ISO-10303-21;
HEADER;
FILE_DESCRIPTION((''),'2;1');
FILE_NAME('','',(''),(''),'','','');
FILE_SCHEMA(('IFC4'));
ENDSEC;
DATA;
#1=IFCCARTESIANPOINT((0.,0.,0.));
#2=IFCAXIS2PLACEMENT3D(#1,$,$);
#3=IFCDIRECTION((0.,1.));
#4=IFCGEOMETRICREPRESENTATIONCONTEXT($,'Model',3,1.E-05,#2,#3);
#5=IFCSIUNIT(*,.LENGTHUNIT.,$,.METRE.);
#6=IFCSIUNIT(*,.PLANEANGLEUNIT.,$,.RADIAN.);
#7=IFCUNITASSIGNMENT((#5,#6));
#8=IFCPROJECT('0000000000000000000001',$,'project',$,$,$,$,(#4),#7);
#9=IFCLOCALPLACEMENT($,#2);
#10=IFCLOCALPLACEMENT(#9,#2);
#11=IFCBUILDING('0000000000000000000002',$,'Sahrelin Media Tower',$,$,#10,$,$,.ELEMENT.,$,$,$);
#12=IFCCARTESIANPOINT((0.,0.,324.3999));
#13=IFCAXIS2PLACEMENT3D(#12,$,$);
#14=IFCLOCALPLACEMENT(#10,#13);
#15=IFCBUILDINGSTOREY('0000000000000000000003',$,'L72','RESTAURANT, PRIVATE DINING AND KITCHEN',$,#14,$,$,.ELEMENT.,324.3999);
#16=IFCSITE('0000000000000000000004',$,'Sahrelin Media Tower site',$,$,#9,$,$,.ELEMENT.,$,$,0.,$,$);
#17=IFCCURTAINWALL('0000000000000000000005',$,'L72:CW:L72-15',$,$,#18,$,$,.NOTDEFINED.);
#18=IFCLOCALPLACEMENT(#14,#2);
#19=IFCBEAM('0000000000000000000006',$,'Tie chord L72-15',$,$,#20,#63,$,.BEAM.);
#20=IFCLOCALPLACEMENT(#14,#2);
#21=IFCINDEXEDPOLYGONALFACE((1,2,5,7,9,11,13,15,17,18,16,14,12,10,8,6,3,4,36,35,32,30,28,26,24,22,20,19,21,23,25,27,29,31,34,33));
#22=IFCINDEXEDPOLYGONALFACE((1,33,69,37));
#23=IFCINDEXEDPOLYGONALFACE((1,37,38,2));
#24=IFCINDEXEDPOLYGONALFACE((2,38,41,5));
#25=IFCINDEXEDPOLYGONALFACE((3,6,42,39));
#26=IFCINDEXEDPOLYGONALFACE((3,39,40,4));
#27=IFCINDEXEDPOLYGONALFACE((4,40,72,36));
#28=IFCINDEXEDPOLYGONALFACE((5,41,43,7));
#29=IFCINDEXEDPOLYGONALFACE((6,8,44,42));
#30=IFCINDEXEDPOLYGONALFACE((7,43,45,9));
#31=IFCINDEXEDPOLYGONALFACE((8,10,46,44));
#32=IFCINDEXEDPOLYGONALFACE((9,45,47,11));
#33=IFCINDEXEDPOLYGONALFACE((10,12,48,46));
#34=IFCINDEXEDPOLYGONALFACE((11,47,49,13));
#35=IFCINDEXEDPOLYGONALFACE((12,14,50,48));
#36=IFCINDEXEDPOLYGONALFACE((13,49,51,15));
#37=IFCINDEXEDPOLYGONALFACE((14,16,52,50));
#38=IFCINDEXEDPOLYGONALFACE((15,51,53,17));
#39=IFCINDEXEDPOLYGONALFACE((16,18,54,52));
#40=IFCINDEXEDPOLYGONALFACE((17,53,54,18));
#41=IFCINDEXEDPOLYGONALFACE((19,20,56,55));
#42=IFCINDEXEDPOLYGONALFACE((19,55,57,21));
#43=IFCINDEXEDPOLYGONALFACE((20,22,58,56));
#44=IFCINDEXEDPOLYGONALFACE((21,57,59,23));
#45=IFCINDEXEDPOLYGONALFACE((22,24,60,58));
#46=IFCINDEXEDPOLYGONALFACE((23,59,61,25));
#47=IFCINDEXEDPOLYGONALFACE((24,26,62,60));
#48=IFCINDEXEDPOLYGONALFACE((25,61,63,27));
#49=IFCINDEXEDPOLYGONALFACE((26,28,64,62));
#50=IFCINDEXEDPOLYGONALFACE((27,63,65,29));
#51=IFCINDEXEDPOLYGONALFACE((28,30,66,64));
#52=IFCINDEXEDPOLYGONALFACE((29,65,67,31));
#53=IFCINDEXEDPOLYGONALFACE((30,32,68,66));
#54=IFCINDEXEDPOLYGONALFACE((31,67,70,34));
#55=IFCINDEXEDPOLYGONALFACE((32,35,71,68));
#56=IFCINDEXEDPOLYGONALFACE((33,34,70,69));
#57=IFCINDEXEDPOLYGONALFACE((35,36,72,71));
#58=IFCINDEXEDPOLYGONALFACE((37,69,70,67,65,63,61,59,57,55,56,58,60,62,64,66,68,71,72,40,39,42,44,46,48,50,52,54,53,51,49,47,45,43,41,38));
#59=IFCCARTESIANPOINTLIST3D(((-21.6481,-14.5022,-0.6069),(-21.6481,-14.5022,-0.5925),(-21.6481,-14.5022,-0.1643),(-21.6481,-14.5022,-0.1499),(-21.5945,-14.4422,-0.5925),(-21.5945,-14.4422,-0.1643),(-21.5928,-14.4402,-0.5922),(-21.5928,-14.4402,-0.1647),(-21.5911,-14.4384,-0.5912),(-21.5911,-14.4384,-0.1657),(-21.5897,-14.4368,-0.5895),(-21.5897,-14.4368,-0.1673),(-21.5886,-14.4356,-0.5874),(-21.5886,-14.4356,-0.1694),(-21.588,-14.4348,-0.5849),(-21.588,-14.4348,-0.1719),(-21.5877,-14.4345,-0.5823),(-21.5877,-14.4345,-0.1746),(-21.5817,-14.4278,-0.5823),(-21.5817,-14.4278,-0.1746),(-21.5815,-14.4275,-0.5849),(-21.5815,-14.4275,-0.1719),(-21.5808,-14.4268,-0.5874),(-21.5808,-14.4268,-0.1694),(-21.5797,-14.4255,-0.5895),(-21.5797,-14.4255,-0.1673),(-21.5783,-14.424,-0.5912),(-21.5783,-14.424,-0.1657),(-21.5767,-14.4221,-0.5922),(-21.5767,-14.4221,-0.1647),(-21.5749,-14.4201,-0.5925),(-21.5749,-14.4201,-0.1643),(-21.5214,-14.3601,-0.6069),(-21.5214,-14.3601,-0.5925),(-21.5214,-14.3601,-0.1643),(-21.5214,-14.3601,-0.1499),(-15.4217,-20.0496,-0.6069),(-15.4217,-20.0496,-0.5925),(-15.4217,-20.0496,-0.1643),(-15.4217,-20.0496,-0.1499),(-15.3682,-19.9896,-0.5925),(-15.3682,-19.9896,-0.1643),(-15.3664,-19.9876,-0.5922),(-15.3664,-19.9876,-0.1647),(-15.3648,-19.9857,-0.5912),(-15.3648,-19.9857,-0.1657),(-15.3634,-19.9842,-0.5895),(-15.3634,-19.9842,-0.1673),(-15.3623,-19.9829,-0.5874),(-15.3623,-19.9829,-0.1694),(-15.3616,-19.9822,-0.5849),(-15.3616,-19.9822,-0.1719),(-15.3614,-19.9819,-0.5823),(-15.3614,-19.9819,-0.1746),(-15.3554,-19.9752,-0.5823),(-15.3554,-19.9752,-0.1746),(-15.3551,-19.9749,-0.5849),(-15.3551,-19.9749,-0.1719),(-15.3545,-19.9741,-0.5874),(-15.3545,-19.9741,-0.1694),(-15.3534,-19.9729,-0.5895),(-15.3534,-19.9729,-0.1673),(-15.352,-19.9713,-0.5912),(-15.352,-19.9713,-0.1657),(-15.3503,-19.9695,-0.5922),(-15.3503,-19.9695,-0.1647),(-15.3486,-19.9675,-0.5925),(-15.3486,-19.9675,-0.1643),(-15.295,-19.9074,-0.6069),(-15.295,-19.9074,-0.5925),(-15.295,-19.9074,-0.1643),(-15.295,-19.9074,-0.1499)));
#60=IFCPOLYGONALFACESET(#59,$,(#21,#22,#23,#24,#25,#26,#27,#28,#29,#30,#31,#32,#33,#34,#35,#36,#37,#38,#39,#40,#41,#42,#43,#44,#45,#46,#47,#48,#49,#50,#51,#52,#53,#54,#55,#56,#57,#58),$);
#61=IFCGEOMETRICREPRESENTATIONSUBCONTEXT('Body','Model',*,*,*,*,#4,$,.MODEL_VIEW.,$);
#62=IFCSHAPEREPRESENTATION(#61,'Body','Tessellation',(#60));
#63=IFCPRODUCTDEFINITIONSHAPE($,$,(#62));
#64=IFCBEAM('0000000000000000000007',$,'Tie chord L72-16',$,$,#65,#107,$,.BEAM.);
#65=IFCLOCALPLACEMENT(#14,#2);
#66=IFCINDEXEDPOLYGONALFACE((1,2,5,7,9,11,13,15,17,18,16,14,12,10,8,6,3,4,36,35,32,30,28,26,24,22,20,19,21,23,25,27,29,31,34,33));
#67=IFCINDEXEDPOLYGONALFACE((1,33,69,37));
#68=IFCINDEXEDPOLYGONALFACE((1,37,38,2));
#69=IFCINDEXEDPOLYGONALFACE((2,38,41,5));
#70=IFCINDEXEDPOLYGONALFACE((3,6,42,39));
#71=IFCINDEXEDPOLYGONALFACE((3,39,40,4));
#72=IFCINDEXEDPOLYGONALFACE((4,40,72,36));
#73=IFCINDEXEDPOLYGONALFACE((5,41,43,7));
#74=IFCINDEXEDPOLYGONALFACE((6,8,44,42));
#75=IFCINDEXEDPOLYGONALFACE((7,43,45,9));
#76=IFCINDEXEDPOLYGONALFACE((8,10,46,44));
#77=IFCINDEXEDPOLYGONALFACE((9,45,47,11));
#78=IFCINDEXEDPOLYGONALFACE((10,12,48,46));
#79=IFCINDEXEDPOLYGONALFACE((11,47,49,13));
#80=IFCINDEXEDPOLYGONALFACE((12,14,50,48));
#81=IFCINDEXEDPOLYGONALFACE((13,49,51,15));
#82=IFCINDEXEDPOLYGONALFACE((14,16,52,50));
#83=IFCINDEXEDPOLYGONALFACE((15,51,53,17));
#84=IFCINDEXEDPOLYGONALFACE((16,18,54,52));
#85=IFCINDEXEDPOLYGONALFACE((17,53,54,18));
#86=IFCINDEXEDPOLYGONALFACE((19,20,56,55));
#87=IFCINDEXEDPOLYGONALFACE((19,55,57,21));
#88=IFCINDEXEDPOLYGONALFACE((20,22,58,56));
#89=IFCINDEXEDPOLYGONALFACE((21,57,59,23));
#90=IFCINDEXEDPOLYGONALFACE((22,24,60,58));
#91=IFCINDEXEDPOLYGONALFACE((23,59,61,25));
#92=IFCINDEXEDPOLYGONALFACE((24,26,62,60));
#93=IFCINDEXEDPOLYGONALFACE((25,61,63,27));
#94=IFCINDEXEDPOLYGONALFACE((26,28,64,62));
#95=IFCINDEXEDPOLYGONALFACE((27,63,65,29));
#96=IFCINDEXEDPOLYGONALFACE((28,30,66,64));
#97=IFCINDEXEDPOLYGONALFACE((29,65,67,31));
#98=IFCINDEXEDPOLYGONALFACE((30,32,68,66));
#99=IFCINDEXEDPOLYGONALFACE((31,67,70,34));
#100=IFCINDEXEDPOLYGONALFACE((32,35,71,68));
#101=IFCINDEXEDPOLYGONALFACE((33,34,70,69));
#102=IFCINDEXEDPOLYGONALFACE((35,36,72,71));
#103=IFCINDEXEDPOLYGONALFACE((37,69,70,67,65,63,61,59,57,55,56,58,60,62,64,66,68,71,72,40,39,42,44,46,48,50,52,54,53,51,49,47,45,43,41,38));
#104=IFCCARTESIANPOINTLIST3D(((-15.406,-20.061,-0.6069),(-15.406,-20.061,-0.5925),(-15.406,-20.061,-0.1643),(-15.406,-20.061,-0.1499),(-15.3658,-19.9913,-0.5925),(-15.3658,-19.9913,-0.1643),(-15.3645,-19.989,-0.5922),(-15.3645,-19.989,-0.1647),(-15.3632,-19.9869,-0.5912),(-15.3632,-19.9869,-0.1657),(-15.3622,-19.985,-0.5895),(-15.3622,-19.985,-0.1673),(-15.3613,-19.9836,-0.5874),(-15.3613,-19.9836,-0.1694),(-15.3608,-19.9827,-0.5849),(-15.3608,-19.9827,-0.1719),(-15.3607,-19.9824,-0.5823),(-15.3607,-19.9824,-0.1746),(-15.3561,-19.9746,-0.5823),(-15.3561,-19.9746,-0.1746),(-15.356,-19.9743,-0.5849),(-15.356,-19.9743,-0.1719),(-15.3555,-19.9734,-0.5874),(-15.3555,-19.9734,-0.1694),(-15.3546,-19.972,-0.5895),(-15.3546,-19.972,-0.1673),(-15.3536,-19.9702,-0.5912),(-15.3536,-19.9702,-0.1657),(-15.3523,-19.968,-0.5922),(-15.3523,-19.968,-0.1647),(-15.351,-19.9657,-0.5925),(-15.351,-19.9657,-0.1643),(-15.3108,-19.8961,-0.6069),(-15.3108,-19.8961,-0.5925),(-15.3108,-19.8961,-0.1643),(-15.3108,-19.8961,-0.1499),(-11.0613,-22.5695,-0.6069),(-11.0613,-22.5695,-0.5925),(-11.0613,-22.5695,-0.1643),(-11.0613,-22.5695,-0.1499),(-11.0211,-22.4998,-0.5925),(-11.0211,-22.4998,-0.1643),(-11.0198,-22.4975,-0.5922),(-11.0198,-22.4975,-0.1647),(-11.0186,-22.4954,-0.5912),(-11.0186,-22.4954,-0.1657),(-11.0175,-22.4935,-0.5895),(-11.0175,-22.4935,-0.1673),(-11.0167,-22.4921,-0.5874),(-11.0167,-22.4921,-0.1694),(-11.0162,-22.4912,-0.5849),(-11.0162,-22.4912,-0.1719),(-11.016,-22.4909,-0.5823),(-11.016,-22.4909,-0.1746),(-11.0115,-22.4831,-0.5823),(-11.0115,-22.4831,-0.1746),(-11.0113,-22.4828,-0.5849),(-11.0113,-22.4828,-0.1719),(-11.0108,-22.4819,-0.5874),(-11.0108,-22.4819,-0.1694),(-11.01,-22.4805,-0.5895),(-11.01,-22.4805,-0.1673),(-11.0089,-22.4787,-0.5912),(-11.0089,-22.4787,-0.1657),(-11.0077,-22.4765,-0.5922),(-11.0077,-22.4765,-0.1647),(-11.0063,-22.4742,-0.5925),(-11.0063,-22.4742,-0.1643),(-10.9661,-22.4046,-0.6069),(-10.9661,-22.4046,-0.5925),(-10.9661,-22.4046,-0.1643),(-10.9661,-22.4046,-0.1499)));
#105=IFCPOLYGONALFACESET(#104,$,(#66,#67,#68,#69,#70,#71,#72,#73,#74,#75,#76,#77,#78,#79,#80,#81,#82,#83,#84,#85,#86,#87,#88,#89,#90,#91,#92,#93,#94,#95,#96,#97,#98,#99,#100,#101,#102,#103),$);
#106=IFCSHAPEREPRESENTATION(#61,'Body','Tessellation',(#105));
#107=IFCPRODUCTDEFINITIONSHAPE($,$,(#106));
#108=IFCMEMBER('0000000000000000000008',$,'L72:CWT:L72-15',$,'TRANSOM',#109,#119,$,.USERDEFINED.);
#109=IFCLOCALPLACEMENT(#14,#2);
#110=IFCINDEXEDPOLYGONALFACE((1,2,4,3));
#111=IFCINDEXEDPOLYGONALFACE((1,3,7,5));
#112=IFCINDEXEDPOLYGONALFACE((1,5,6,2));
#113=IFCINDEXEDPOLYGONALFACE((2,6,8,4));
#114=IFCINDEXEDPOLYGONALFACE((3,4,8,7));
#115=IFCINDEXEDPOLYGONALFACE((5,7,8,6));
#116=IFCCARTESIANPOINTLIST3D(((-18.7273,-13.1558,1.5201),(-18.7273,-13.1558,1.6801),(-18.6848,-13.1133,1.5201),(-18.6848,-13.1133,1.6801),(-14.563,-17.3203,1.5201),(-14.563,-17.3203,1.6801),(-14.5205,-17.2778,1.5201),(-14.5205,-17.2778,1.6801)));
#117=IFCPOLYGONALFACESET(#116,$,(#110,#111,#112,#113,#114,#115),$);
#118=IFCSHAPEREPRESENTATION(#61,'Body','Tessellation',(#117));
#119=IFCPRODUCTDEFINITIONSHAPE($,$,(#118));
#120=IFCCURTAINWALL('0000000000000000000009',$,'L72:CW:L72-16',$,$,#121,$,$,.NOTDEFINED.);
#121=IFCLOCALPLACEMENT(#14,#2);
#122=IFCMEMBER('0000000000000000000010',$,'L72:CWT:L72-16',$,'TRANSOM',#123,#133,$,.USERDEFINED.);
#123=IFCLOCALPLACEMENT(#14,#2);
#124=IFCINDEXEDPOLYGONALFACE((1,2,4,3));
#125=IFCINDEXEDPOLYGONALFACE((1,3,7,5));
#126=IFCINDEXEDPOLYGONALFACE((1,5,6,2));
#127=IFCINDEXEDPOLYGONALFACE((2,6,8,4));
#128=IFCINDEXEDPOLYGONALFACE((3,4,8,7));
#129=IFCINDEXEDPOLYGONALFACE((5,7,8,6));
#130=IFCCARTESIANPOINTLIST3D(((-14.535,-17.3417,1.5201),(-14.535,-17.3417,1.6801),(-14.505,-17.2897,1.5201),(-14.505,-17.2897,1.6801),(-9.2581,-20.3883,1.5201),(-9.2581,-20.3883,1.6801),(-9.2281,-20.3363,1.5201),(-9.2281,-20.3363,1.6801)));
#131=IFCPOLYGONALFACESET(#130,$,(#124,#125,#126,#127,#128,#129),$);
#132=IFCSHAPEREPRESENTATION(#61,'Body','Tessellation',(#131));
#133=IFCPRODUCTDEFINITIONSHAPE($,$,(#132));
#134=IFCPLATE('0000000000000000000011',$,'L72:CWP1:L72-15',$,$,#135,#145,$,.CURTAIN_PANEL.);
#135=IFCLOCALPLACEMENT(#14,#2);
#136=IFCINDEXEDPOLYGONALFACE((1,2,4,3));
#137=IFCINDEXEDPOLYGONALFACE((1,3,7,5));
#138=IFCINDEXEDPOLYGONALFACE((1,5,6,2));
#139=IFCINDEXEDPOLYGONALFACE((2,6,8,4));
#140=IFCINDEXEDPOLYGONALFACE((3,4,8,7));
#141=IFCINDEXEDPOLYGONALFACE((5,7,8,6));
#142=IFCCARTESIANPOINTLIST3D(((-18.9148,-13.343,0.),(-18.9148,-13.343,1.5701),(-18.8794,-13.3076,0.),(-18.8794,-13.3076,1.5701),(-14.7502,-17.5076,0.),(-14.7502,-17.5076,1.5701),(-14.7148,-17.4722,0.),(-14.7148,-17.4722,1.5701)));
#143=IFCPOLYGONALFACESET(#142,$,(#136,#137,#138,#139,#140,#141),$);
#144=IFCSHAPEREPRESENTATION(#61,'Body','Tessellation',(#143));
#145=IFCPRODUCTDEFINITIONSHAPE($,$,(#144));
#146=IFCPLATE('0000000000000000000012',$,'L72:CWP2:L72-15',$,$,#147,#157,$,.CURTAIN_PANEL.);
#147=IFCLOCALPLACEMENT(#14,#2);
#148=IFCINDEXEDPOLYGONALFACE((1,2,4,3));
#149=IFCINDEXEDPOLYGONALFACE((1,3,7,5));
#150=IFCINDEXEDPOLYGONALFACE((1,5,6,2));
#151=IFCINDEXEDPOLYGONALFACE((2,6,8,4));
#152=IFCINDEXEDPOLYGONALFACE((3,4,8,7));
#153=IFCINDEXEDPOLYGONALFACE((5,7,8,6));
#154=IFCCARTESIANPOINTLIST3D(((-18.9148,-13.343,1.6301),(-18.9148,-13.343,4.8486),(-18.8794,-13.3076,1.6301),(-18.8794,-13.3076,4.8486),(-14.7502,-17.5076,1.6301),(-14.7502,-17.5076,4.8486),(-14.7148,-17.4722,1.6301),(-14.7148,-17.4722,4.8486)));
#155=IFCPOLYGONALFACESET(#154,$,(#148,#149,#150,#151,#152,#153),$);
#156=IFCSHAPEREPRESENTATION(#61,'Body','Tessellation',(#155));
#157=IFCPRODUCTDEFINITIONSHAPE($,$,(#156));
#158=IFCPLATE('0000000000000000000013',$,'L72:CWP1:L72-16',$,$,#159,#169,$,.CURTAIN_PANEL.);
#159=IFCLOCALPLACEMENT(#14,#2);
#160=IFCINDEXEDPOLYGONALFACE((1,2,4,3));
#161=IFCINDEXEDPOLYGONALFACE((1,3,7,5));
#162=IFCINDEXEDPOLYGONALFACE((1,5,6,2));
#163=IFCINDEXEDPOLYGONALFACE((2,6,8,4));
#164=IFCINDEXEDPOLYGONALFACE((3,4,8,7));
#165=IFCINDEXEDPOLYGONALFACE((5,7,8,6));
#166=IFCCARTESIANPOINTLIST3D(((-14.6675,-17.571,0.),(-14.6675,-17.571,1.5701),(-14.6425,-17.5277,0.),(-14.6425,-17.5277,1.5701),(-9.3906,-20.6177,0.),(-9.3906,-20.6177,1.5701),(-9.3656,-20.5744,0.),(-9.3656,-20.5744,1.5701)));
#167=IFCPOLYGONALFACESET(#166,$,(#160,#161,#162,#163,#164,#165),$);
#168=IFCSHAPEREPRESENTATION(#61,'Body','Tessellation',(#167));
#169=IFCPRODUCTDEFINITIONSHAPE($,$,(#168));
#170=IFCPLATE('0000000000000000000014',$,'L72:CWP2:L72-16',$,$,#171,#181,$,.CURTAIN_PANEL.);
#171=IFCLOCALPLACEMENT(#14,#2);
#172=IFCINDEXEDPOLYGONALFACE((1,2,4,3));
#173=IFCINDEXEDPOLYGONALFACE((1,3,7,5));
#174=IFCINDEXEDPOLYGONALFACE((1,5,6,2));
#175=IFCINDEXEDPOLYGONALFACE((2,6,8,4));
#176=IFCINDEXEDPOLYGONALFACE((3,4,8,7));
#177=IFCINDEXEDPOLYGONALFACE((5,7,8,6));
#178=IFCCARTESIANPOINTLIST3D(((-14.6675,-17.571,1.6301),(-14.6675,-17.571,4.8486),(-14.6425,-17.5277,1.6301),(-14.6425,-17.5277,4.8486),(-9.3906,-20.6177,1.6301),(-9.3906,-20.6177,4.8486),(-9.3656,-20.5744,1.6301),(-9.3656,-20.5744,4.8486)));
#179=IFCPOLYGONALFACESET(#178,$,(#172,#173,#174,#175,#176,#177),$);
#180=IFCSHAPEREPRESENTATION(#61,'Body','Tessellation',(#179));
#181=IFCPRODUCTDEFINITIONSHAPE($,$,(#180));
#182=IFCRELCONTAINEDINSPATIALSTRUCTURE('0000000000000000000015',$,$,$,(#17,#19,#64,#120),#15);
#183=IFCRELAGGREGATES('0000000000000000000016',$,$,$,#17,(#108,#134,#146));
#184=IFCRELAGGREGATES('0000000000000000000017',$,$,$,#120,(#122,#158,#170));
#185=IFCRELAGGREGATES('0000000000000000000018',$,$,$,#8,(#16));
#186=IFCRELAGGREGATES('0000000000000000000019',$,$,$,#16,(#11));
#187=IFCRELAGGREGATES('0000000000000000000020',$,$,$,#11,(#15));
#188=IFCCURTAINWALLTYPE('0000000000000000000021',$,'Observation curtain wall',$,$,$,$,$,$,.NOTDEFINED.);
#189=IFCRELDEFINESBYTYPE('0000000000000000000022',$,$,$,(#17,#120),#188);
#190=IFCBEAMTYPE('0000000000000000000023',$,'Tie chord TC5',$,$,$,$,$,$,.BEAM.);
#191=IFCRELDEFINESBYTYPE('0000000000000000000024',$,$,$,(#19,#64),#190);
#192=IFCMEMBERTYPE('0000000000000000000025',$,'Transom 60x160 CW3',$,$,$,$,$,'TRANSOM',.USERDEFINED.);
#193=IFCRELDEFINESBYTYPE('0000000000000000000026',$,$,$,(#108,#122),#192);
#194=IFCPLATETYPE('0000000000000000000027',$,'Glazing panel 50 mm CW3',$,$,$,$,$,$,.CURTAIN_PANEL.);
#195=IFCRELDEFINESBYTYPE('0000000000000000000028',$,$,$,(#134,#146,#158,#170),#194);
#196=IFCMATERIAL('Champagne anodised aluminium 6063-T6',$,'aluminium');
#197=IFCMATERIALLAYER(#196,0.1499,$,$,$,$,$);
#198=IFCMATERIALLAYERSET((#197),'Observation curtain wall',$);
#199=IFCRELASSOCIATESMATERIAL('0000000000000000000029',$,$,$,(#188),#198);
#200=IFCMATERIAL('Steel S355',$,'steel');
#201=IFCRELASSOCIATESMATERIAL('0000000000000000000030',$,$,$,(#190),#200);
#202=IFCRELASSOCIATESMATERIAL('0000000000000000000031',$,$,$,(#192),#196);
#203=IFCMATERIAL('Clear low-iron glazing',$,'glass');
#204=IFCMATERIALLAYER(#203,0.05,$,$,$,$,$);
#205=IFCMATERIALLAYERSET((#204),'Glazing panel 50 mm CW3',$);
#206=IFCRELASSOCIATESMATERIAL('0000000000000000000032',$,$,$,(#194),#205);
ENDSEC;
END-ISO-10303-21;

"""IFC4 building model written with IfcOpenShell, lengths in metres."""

from ifc_helpers import new_model, si_unit, direction, frame, origin, origin_2d, place, context, subcontext, project, spatial, polyline, rectangle, i_section, outline, extrude, material, layer, layer_set, material_profile, profile_set, type_object, element, aggregate, save


model = new_model("IFC4")

# Units and contexts
model_context = context("Model", 3, precision=1e-05, world=origin(), true_north=direction((0.0, 1.0)))
body_context = subcontext(model_context, "Body", "Model", "MODEL_VIEW")
ifc_project = project(units=[si_unit("LENGTHUNIT", "METRE"), si_unit("PLANEANGLEUNIT", "RADIAN")], contexts=[model_context])

# Site, building, storey
site_placement = place(None, origin())
site = spatial("IfcSite", under=ifc_project, at=site_placement, Name="Sahrelin Media Tower site", CompositionType="ELEMENT", RefElevation=0.0)
building_placement = place(site_placement, origin())
building = spatial("IfcBuilding", under=site, at=building_placement, Name="Sahrelin Media Tower", CompositionType="ELEMENT")
storey_placement = place(building_placement, frame((0.0, 0.0, 324.3999)))
storey = spatial("IfcBuildingStorey", under=building, at=storey_placement, Name="L72", Description="RESTAURANT, PRIVATE DINING AND KITCHEN", CompositionType="ELEMENT", Elevation=324.3999)

# Shared definitions
ifc_material_1 = material(Name="Steel S355", Category="steel")

# Curtain wall
ifc_material_2 = material(Name="Champagne anodised aluminium 6063-T6", Category="aluminium")
ifc_layer_1 = layer(ifc_material_2, 0.1499)
ifc_layer_set_1 = layer_set([ifc_layer_1], Name="Observation curtain wall")
curtain_wall_type = type_object("IfcCurtainWallType", Name="Observation curtain wall", PredefinedType="NOTDEFINED", material=ifc_layer_set_1)
curtain_wall_1_placement = place(storey_placement, frame((-16.8184, -15.4111, 0.0), z_axis=(0.0, 0.0, 1.0), x_axis=(1.0, 0.0, 0.0)))
curtain_wall_1 = element("IfcCurtainWall", 1, at=curtain_wall_1_placement, inside=storey, type_object=curtain_wall_type, Name="L72:CW:L72-15", PredefinedType="NOTDEFINED")

# Beams
ifc_material_profile_1 = material_profile(ifc_material_1, i_section(OverallWidth=0.1904, OverallDepth=0.457, WebThickness=0.009, FlangeThickness=0.0144, FilletRadius=0.0103, at=origin_2d()), Name="UB 457x191x74")
ifc_profile_set_1 = profile_set([ifc_material_profile_1], Name="Steel S355")
beam_type_1 = type_object("IfcBeamType", Name="Tie chord TC5", PredefinedType="BEAM", material=ifc_profile_set_1)
beam_1_placement = place(storey_placement, frame((-21.5847, -14.4312, -0.3784), z_axis=(0.746643, -0.665225, 0.0), x_axis=(0.665225, 0.746643, 0.0)))
element("IfcBeam", 2, at=beam_1_placement, inside=storey, type_object=beam_type_1, Name="Tie chord L72-15", PredefinedType="BEAM", context=body_context, shape_type="SweptSolid", body=[
    extrude(i_section(OverallWidth=0.1904, OverallDepth=0.457, WebThickness=0.009, FlangeThickness=0.0144, FilletRadius=0.0103, at=origin_2d()), origin(), (0.0, 0.0, 1.0), 8.3391),
])
beam_2_placement = place(storey_placement, frame((-15.3584, -19.9785, -0.3784), z_axis=(0.866015, -0.500017, 0.0), x_axis=(0.500017, 0.866015, 0.0)))
element("IfcBeam", 3, at=beam_2_placement, inside=storey, type_object=beam_type_1, Name="Tie chord L72-16", PredefinedType="BEAM", context=body_context, shape_type="SweptSolid", body=[
    extrude(i_section(OverallWidth=0.1904, OverallDepth=0.457, WebThickness=0.009, FlangeThickness=0.0144, FilletRadius=0.0103, at=origin_2d()), origin(), (0.0, 0.0, 1.0), 5.0168),
])

# Member
ifc_material_profile_2 = material_profile(ifc_material_2, rectangle(XDim=0.0601, YDim=0.1599, at=origin_2d()), Name="Transom 60x160")
ifc_profile_set_2 = profile_set([ifc_material_profile_2], Name="Champagne anodised aluminium 6063-T6")
member_type_1 = type_object("IfcMemberType", Name="Transom 60x160 CW3", ElementType="TRANSOM", PredefinedType="USERDEFINED", material=ifc_profile_set_2)
member_1_placement = place(storey_placement, frame((-18.7061, -13.1345, 1.6001), z_axis=(0.707086, -0.707128, 0.0), x_axis=(0.707128, 0.707086, 0.0)))
member_1 = element("IfcMember", 4, at=member_1_placement, type_object=member_type_1, Name="L72:CWT:L72-15", ObjectType="TRANSOM", PredefinedType="USERDEFINED", context=body_context, shape_type="SweptSolid", body=[
    extrude(rectangle(XDim=0.0601, YDim=0.1599, at=origin_2d()), origin(), (0.0, 0.0, 1.0), 5.8894),
])

# Curtain wall, member
curtain_wall_2_placement = place(storey_placement, frame((-12.019, -19.0771, 0.0), z_axis=(0.0, 0.0, 1.0), x_axis=(1.0, 0.0, 0.0)))
curtain_wall_2 = element("IfcCurtainWall", 5, at=curtain_wall_2_placement, inside=storey, type_object=curtain_wall_type, Name="L72:CW:L72-16", PredefinedType="NOTDEFINED")
member_2_placement = place(storey_placement, frame((-14.52, -17.3157, 1.6001), z_axis=(0.866023, -0.500005, 0.0), x_axis=(0.500005, 0.866023, 0.0)))
member_2 = element("IfcMember", 6, at=member_2_placement, type_object=member_type_1, Name="L72:CWT:L72-16", ObjectType="TRANSOM", PredefinedType="USERDEFINED", context=body_context, shape_type="SweptSolid", body=[
    extrude(rectangle(XDim=0.0601, YDim=0.1599, at=origin_2d()), origin(), (0.0, 0.0, 1.0), 6.0933),
])

# Plates
ifc_material_3 = material(Name="Clear low-iron glazing", Category="glass")
ifc_layer_2 = layer(ifc_material_3, 0.05)
ifc_layer_set_2 = layer_set([ifc_layer_2], Name="Glazing panel 50 mm CW3")
plate_type = type_object("IfcPlateType", Name="Glazing panel 50 mm CW3", PredefinedType="CURTAIN_PANEL", material=ifc_layer_set_2)
plate_1_placement = place(storey_placement, frame((-18.9148, -13.343, 0.0), z_axis=(-0.707107, -0.707107, 0.0), x_axis=(0.707107, -0.707107, 0.0)))
plate_1 = element("IfcPlate", 7, at=plate_1_placement, type_object=plate_type, Name="L72:CWP1:L72-15", PredefinedType="CURTAIN_PANEL", context=body_context, shape_type="SweptSolid", body=[
    extrude(outline(polyline([(0.0, 0.0), (5.8896, 0.0), (5.8896, 1.5701), (0.0, 1.5701), (0.0, 0.0)])), origin(), (0.0, 0.0, -1.0), 0.05),
])
plate_2_placement = place(storey_placement, frame((-18.9148, -13.343, 1.6301), z_axis=(-0.707107, -0.707107, 0.0), x_axis=(0.707107, -0.707107, 0.0)))
plate_2 = element("IfcPlate", 8, at=plate_2_placement, type_object=plate_type, Name="L72:CWP2:L72-15", PredefinedType="CURTAIN_PANEL", context=body_context, shape_type="SweptSolid", body=[
    extrude(outline(polyline([(0.0, 0.0), (5.8896, 0.0), (5.8896, 3.2185), (0.0, 3.2185), (0.0, 0.0)])), origin(), (0.0, 0.0, -1.0), 0.05),
])
aggregate(curtain_wall_1, [member_1, plate_1, plate_2])
plate_3_placement = place(storey_placement, frame((-14.6675, -17.571, 0.0), z_axis=(-0.500005, -0.866023, 0.0), x_axis=(0.866023, -0.500005, 0.0)))
plate_3 = element("IfcPlate", 9, at=plate_3_placement, type_object=plate_type, Name="L72:CWP1:L72-16", PredefinedType="CURTAIN_PANEL", context=body_context, shape_type="SweptSolid", body=[
    extrude(outline(polyline([(0.0, 0.0), (6.0933, 0.0), (6.0933, 1.5701), (0.0, 1.5701), (0.0, 0.0)])), origin(), (0.0, 0.0, -1.0), 0.05),
])
plate_4_placement = place(storey_placement, frame((-14.6675, -17.571, 1.6301), z_axis=(-0.500005, -0.866023, 0.0), x_axis=(0.866023, -0.500005, 0.0)))
plate_4 = element("IfcPlate", 10, at=plate_4_placement, type_object=plate_type, Name="L72:CWP2:L72-16", PredefinedType="CURTAIN_PANEL", context=body_context, shape_type="SweptSolid", body=[
    extrude(outline(polyline([(0.0, 0.0), (6.0933, 0.0), (6.0933, 3.2185), (0.0, 3.2185), (0.0, 0.0)])), origin(), (0.0, 0.0, -1.0), 0.05),
])
aggregate(curtain_wall_2, [member_2, plate_3, plate_4])

save(model, "model.ifc")
